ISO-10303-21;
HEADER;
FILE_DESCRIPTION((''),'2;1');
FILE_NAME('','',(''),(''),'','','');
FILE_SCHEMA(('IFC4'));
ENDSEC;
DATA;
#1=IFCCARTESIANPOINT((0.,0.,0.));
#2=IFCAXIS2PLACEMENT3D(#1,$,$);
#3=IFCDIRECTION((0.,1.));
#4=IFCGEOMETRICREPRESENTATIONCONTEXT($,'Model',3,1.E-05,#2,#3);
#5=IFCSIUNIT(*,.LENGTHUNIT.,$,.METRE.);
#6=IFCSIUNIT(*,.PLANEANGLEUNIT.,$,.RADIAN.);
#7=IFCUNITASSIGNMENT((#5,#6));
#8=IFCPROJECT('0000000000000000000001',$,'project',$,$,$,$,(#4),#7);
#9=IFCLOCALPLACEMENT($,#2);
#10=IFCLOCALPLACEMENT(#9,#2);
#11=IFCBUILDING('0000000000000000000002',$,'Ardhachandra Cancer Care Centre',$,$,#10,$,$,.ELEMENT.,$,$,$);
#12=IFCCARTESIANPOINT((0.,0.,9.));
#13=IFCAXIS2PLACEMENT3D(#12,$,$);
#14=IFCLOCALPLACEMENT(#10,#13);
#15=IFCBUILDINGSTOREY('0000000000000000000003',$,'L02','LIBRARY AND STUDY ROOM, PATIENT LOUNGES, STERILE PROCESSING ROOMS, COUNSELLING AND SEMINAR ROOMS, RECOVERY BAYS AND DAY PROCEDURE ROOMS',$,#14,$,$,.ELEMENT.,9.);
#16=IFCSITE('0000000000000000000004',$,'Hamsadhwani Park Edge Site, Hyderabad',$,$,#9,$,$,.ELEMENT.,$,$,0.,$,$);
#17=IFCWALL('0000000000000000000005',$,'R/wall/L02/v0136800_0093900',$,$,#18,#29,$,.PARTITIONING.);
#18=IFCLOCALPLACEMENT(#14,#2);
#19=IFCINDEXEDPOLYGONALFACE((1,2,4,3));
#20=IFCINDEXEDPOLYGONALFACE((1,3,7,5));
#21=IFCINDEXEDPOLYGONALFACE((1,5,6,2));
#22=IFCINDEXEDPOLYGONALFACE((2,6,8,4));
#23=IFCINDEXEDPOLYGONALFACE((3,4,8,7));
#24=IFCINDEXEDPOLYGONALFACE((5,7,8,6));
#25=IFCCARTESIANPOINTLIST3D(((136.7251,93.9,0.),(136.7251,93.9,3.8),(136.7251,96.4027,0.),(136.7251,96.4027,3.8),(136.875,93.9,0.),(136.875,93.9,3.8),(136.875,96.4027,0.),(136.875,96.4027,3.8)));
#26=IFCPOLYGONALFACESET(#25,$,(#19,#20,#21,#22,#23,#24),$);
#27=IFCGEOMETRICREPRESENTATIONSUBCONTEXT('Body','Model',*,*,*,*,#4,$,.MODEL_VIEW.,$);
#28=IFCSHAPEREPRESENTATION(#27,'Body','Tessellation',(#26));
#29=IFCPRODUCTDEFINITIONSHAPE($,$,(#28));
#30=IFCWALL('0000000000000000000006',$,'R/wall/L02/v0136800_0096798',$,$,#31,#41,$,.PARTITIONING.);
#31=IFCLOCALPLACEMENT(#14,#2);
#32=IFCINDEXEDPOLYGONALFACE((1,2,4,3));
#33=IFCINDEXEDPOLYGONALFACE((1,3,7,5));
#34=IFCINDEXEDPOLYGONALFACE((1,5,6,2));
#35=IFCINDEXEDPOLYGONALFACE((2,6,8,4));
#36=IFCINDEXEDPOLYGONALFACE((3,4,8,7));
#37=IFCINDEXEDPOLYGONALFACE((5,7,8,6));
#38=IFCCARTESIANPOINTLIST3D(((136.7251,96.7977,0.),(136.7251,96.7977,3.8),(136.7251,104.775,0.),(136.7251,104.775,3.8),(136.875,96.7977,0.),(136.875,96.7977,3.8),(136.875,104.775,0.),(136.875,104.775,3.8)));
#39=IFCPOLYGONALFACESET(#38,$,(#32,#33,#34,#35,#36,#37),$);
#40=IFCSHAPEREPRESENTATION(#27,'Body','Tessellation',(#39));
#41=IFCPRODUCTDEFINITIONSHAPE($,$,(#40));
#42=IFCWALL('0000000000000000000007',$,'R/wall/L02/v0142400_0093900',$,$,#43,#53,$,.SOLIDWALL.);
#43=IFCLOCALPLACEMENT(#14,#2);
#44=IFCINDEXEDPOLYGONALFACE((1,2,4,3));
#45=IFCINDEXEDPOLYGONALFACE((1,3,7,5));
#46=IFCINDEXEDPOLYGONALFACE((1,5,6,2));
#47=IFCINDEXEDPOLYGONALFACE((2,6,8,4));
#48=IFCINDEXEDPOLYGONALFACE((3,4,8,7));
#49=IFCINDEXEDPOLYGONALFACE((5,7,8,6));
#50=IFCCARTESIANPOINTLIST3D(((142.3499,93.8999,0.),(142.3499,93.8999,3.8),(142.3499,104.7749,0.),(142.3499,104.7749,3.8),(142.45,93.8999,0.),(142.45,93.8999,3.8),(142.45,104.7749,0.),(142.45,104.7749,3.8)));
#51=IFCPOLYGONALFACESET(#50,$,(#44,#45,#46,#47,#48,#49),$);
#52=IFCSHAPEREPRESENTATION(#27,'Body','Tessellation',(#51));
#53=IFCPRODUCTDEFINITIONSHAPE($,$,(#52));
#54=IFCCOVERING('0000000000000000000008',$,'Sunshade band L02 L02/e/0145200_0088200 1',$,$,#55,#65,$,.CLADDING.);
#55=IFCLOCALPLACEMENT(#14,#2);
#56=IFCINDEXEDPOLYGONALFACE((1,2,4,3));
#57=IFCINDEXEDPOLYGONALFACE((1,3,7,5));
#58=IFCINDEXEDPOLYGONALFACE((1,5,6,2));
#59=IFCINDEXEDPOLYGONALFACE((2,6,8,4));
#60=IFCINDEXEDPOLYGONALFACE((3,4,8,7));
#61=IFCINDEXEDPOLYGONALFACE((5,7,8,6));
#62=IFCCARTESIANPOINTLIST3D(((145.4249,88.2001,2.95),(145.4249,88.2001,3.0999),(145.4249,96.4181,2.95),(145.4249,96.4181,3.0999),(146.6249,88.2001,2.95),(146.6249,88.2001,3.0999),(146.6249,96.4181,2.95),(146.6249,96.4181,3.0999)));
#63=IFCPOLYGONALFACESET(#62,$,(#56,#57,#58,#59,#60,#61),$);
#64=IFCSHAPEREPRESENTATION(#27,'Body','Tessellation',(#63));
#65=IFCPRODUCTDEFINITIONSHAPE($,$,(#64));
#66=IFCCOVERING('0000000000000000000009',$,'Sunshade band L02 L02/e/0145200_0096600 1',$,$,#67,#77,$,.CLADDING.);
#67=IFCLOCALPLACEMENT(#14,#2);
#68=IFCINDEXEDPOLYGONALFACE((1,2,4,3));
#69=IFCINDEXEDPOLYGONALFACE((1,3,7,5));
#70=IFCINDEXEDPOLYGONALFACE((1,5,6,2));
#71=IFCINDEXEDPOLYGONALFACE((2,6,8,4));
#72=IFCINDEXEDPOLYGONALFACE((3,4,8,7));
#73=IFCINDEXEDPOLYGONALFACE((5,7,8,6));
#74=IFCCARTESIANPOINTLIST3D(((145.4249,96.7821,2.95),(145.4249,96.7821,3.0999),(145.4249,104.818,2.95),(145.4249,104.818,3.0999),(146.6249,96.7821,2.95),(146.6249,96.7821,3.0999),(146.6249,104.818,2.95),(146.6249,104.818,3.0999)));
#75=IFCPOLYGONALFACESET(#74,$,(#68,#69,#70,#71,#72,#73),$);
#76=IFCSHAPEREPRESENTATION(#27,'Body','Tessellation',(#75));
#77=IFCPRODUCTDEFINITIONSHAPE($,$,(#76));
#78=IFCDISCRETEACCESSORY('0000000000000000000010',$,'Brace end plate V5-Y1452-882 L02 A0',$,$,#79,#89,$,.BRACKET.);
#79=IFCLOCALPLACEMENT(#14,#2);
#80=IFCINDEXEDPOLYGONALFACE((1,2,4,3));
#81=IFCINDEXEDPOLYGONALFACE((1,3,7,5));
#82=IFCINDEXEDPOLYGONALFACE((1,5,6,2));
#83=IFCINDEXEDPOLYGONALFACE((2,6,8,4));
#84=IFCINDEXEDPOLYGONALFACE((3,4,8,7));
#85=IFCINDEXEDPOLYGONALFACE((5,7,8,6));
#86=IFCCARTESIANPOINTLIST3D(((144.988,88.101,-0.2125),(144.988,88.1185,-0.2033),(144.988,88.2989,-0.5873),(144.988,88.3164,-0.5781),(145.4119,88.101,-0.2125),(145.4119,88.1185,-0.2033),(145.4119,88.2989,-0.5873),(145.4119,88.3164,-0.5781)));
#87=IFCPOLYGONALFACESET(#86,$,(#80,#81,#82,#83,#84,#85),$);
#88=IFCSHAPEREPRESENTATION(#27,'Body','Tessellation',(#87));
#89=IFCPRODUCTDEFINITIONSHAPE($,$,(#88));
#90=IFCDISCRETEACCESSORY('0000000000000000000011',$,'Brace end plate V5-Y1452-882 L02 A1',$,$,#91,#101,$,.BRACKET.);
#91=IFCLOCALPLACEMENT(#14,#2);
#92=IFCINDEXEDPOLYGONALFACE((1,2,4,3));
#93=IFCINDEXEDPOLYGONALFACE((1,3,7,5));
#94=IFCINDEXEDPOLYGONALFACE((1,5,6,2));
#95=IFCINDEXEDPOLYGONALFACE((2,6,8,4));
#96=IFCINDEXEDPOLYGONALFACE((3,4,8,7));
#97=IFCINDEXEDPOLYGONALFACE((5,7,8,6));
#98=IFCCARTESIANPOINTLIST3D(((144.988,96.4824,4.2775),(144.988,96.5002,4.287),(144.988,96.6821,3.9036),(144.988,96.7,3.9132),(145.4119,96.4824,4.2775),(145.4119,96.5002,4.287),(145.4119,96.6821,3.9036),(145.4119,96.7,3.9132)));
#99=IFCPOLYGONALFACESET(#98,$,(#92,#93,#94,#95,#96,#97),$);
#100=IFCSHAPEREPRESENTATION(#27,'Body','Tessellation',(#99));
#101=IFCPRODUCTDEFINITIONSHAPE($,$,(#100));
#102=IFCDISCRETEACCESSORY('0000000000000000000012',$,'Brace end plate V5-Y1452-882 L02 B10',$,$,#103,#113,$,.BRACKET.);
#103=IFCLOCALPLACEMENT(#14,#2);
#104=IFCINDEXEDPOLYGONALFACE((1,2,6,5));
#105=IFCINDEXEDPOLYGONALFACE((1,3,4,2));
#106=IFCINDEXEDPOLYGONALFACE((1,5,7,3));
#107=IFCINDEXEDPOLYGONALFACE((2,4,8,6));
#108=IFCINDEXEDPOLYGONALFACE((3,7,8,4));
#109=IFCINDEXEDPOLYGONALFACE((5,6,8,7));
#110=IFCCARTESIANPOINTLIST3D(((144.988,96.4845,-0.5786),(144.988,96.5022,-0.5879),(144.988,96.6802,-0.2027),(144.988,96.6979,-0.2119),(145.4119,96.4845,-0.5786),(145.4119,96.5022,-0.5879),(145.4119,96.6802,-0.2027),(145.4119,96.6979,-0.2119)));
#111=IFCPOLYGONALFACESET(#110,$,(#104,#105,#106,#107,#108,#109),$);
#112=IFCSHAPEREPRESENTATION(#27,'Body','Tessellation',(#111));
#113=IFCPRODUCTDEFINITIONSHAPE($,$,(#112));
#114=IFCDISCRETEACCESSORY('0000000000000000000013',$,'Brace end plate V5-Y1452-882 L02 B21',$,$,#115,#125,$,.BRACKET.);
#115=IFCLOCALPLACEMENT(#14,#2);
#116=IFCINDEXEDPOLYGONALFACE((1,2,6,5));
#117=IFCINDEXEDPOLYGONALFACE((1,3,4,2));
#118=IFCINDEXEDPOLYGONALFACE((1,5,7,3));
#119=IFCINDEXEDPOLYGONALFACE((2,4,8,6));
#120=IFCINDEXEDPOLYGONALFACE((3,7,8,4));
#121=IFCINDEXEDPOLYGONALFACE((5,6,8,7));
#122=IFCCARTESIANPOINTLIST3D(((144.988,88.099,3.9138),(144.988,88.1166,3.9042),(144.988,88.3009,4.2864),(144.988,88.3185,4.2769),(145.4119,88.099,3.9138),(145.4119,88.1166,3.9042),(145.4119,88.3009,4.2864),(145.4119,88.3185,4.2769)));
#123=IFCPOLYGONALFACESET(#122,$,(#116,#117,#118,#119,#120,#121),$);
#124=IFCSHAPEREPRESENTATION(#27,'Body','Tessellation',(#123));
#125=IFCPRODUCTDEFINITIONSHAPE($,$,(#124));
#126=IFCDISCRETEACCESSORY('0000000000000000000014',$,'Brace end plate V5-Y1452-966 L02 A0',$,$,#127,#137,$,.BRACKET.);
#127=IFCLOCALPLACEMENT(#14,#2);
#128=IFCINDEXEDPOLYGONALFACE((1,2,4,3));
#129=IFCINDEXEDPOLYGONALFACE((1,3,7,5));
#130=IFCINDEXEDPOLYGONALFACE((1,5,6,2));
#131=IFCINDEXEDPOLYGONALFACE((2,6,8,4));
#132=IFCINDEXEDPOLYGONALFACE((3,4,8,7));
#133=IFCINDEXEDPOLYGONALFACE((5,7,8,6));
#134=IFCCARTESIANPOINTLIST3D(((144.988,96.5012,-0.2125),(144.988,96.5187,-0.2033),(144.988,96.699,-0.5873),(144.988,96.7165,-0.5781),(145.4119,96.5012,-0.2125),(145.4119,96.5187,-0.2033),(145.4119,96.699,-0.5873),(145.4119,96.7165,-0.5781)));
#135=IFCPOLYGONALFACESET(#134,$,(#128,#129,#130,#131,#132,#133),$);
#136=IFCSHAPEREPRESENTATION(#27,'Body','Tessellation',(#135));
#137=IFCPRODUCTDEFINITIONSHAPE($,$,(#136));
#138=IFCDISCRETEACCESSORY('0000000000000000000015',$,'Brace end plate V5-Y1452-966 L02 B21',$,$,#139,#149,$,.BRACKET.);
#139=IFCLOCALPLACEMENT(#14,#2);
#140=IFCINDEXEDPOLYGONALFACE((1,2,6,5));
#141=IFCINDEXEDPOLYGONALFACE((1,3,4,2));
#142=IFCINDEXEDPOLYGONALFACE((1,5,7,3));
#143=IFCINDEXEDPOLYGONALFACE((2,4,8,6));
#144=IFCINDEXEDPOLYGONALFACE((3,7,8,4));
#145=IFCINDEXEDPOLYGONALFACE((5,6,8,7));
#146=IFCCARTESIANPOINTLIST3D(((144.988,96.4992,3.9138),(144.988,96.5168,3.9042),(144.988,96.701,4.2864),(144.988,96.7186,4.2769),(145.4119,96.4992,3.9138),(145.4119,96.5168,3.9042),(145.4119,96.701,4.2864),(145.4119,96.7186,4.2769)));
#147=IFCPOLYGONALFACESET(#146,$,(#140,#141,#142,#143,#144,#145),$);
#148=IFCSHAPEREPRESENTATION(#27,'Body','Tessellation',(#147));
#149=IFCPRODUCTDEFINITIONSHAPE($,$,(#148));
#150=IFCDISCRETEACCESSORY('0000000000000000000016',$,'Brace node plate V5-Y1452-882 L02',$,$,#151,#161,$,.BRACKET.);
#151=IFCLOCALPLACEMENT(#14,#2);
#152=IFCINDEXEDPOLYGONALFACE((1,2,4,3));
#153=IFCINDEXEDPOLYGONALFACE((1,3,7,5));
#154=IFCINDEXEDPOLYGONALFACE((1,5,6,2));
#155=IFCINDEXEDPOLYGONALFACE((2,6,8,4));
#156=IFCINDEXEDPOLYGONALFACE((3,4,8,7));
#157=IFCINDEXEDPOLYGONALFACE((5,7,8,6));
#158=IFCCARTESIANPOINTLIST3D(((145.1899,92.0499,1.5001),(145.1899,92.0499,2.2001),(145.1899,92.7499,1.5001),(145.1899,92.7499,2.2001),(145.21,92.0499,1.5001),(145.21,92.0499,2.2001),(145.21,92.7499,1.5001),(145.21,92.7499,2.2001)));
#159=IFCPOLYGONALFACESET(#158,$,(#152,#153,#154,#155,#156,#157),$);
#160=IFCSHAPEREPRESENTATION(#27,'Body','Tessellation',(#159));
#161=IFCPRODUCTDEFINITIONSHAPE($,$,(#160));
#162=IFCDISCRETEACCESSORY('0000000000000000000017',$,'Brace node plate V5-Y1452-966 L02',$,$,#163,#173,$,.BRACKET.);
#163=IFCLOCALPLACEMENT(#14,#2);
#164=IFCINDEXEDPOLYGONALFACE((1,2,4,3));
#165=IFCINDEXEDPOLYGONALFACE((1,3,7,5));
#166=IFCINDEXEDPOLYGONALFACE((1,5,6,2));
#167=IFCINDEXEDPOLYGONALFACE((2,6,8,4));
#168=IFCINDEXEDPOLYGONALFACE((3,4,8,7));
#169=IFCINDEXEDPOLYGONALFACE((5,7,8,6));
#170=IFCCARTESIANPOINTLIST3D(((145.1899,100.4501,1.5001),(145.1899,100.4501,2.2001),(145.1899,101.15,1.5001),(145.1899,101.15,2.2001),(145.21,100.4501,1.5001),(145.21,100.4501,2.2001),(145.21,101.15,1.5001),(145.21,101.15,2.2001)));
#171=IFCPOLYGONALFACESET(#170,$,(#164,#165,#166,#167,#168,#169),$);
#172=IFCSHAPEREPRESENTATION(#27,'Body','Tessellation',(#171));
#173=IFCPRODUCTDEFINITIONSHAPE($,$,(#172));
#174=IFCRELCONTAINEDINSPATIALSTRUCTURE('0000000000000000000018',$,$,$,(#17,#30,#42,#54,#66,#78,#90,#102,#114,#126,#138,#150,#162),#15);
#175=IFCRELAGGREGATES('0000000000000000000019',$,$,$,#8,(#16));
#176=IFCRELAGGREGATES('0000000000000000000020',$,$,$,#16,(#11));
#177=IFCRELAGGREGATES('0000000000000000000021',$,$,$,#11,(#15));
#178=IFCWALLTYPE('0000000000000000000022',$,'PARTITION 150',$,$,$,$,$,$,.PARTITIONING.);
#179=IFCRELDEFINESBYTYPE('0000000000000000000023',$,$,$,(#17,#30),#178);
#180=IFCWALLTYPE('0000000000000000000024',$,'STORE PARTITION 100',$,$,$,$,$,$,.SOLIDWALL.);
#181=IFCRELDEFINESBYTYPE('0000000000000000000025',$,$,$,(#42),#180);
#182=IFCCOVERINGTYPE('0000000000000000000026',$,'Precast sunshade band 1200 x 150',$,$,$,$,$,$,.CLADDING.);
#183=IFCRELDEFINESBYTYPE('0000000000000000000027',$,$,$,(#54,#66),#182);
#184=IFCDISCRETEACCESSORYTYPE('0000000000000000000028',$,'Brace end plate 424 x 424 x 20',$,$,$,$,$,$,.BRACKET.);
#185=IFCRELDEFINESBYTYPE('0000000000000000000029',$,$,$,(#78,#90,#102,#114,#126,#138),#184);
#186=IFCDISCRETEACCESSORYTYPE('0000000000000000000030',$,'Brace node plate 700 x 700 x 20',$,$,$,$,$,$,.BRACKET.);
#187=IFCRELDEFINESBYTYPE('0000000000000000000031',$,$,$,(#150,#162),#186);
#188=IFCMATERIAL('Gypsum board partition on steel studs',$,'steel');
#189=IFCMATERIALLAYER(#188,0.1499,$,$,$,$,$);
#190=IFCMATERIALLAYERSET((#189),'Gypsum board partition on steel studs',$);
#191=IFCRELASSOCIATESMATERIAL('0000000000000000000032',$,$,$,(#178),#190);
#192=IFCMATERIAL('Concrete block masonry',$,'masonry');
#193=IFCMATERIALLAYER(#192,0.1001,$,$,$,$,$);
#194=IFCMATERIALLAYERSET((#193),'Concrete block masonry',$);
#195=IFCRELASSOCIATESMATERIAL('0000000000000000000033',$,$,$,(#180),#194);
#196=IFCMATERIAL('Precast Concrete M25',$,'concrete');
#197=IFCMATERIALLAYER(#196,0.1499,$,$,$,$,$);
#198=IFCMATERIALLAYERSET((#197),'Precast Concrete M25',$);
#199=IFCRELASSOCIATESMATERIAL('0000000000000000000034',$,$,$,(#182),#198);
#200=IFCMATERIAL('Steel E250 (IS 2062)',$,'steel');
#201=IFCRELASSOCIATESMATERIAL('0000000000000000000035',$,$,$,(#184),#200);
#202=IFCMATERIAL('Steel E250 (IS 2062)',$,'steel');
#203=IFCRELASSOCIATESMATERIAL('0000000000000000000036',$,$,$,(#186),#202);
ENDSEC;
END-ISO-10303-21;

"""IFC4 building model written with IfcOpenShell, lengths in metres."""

from ifc_helpers import new_model, si_unit, direction, frame, frame_2d, origin, origin_2d, place, context, subcontext, project, spatial, rectangle, extrude, material, layer, layer_set, material_profile, profile_set, type_object, element, save


model = new_model("IFC4")

# Units and contexts
model_context = context("Model", 3, precision=1e-05, world=origin(), true_north=direction((0.0, 1.0)))
body_context = subcontext(model_context, "Body", "Model", "MODEL_VIEW")
ifc_project = project(units=[si_unit("LENGTHUNIT", "METRE"), si_unit("PLANEANGLEUNIT", "RADIAN")], contexts=[model_context])

# Site, building, storey
site_placement = place(None, origin())
site = spatial("IfcSite", under=ifc_project, at=site_placement, Name="Hamsadhwani Park Edge Site, Hyderabad", CompositionType="ELEMENT", RefElevation=0.0)
building_placement = place(site_placement, origin())
building = spatial("IfcBuilding", under=site, at=building_placement, Name="Ardhachandra Cancer Care Centre", CompositionType="ELEMENT")
storey_placement = place(building_placement, frame((0.0, 0.0, 9.0)))
storey = spatial("IfcBuildingStorey", under=building, at=storey_placement, Name="L02", Description="LIBRARY AND STUDY ROOM, PATIENT LOUNGES, STERILE PROCESSING ROOMS, COUNSELLING AND SEMINAR ROOMS, RECOVERY BAYS AND DAY PROCEDURE ROOMS", CompositionType="ELEMENT", Elevation=9.0)

# Walls
ifc_material_1 = material(Name="Gypsum board partition on steel studs", Category="steel")
ifc_layer_1 = layer(ifc_material_1, 0.1499)
ifc_layer_set_1 = layer_set([ifc_layer_1], Name="Gypsum board partition on steel studs")
wall_type_1 = type_object("IfcWallType", Name="PARTITION 150", PredefinedType="PARTITIONING", material=ifc_layer_set_1)
wall_1_placement = place(storey_placement, frame((136.8, 93.8999, 0.0), z_axis=(0.0, 0.0, 1.0), x_axis=(0.0, 1.0, 0.0)))
element("IfcWall", 1, at=wall_1_placement, inside=storey, type_object=wall_type_1, Name="R/wall/L02/v0136800_0093900", PredefinedType="PARTITIONING", context=body_context, shape_type="SweptSolid", body=[
    extrude(rectangle(XDim=2.5027, YDim=0.1499, at=frame_2d((1.2515, 0.0))), origin(), (0.0, 0.0, 1.0), 3.8),
])
wall_2_placement = place(storey_placement, frame((136.8, 96.7976, 0.0), z_axis=(0.0, 0.0, 1.0), x_axis=(0.0, 1.0, 0.0)))
element("IfcWall", 2, at=wall_2_placement, inside=storey, type_object=wall_type_1, Name="R/wall/L02/v0136800_0096798", PredefinedType="PARTITIONING", context=body_context, shape_type="SweptSolid", body=[
    extrude(rectangle(XDim=7.9773, YDim=0.1499, at=frame_2d((3.9888, 0.0))), origin(), (0.0, 0.0, 1.0), 3.8),
])
ifc_material_2 = material(Name="Concrete block masonry", Category="masonry")
ifc_layer_2 = layer(ifc_material_2, 0.1001)
ifc_layer_set_2 = layer_set([ifc_layer_2], Name="Concrete block masonry")
wall_type_2 = type_object("IfcWallType", Name="STORE PARTITION 100", PredefinedType="SOLIDWALL", material=ifc_layer_set_2)
wall_3_placement = place(storey_placement, frame((142.3999, 93.8999, 0.0), z_axis=(0.0, 0.0, 1.0), x_axis=(0.0, 1.0, 0.0)))
element("IfcWall", 3, at=wall_3_placement, inside=storey, type_object=wall_type_2, Name="R/wall/L02/v0142400_0093900", PredefinedType="SOLIDWALL", context=body_context, shape_type="SweptSolid", body=[
    extrude(rectangle(XDim=10.875, YDim=0.1001, at=frame_2d((5.4375, 0.0))), origin(), (0.0, 0.0, 1.0), 3.8),
])

# Coverings
ifc_material_3 = material(Name="Precast Concrete M25", Category="concrete")
ifc_layer_3 = layer(ifc_material_3, 0.1499)
ifc_layer_set_3 = layer_set([ifc_layer_3], Name="Precast Concrete M25")
covering_type = type_object("IfcCoveringType", Name="Precast sunshade band 1200 x 150", PredefinedType="CLADDING", material=ifc_layer_set_3)
covering_1_placement = place(storey_placement, frame((146.0249, 92.3091, 2.95), z_axis=(0.0, 0.0, 1.0), x_axis=(0.0, 1.0, 0.0)))
element("IfcCovering", 4, at=covering_1_placement, inside=storey, type_object=covering_type, Name="Sunshade band L02 L02/e/0145200_0088200 1", PredefinedType="CLADDING", context=body_context, shape_type="SweptSolid", body=[
    extrude(rectangle(XDim=8.218, YDim=1.2, at=origin_2d()), origin(), (0.0, 0.0, 1.0), 0.1499),
])
covering_2_placement = place(storey_placement, frame((146.0249, 100.8, 2.95), z_axis=(0.0, 0.0, 1.0), x_axis=(0.0, 1.0, 0.0)))
element("IfcCovering", 5, at=covering_2_placement, inside=storey, type_object=covering_type, Name="Sunshade band L02 L02/e/0145200_0096600 1", PredefinedType="CLADDING", context=body_context, shape_type="SweptSolid", body=[
    extrude(rectangle(XDim=8.0359, YDim=1.2, at=origin_2d()), origin(), (0.0, 0.0, 1.0), 0.1499),
])

# Discrete accessories
ifc_material_4 = material(Name="Steel E250 (IS 2062)", Category="steel")
ifc_material_profile_1 = material_profile(ifc_material_4, rectangle(XDim=0.4238, YDim=0.4238, at=origin_2d()), Name="PL 424x424x20")
ifc_profile_set_1 = profile_set([ifc_material_profile_1], Name="Steel E250 (IS 2062)")
discrete_accessory_type_1 = type_object("IfcDiscreteAccessoryType", Name="Brace end plate 424 x 424 x 20", PredefinedType="BRACKET", material=ifc_profile_set_1)
discrete_accessory_1_placement = place(storey_placement, frame((145.2, 88.2, -0.3999), z_axis=(0.0, 0.884385, 0.466759), x_axis=(-1.0, 0.0, 0.0)))
element("IfcDiscreteAccessory", 6, at=discrete_accessory_1_placement, inside=storey, type_object=discrete_accessory_type_1, Name="Brace end plate V5-Y1452-882 L02 A0", PredefinedType="BRACKET", context=body_context, shape_type="SweptSolid", body=[
    extrude(rectangle(XDim=0.4238, YDim=0.4238, at=origin_2d()), origin(), (0.0, 0.0, 1.0), 0.0198),
])
discrete_accessory_2_placement = place(storey_placement, frame((145.2, 96.6001, 4.1001), z_axis=(0.0, -0.882018, -0.471215), x_axis=(1.0, 0.0, 0.0)))
element("IfcDiscreteAccessory", 7, at=discrete_accessory_2_placement, inside=storey, type_object=discrete_accessory_type_1, Name="Brace end plate V5-Y1452-882 L02 A1", PredefinedType="BRACKET", context=body_context, shape_type="SweptSolid", body=[
    extrude(rectangle(XDim=0.4238, YDim=0.4238, at=origin_2d()), origin(), (0.0, 0.0, 1.0), 0.0203),
])
for number, where, z_axis, x_axis, name in (
    (8, (145.2, 96.6001, -0.3999), (0.0, -0.887018, 0.461735), (1.0, 0.0, 0.0), "Brace end plate V5-Y1452-882 L02 B10"),
    (9, (145.2, 88.2, 4.1001), (0.0, 0.879292, -0.476283), (-1.0, 0.0, 0.0), "Brace end plate V5-Y1452-882 L02 B21"),
):
    element("IfcDiscreteAccessory", number, at=place(storey_placement, frame(where, z_axis=z_axis, x_axis=x_axis)), inside=storey, type_object=discrete_accessory_type_1, Name=name, PredefinedType="BRACKET", context=body_context, shape_type="SweptSolid", body=[
        extrude(rectangle(XDim=0.4238, YDim=0.4238, at=origin_2d()), origin(), (0.0, 0.0, 1.0), 0.02),
    ])
discrete_accessory_3_placement = place(storey_placement, frame((145.2, 96.6001, -0.3999), z_axis=(0.0, 0.884385, 0.466759), x_axis=(-1.0, 0.0, 0.0)))
element("IfcDiscreteAccessory", 10, at=discrete_accessory_3_placement, inside=storey, type_object=discrete_accessory_type_1, Name="Brace end plate V5-Y1452-966 L02 A0", PredefinedType="BRACKET", context=body_context, shape_type="SweptSolid", body=[
    extrude(rectangle(XDim=0.4238, YDim=0.4238, at=origin_2d()), origin(), (0.0, 0.0, 1.0), 0.0198),
])
discrete_accessory_4_placement = place(storey_placement, frame((145.2, 96.6001, 4.1001), z_axis=(0.0, 0.879292, -0.476283), x_axis=(-1.0, 0.0, 0.0)))
element("IfcDiscreteAccessory", 11, at=discrete_accessory_4_placement, inside=storey, type_object=discrete_accessory_type_1, Name="Brace end plate V5-Y1452-966 L02 B21", PredefinedType="BRACKET", context=body_context, shape_type="SweptSolid", body=[
    extrude(rectangle(XDim=0.4238, YDim=0.4238, at=origin_2d()), origin(), (0.0, 0.0, 1.0), 0.02),
])
ifc_material_5 = material(Name="Steel E250 (IS 2062)", Category="steel")
ifc_material_profile_2 = material_profile(ifc_material_5, rectangle(XDim=0.7, YDim=0.7, at=origin_2d()), Name="PL 700x700x20")
ifc_profile_set_2 = profile_set([ifc_material_profile_2], Name="Steel E250 (IS 2062)")
discrete_accessory_type_2 = type_object("IfcDiscreteAccessoryType", Name="Brace node plate 700 x 700 x 20", PredefinedType="BRACKET", material=ifc_profile_set_2)
for number, where, z_axis, x_axis, name in (
    (12, (145.1899, 92.3999, 1.8501), (1.0, 0.0, 0.0), (0.0, 1.0, 0.0), "Brace node plate V5-Y1452-882 L02"),
    (13, (145.1899, 100.8, 1.8501), (1.0, 0.0, 0.0), (0.0, 1.0, 0.0), "Brace node plate V5-Y1452-966 L02"),
):
    element("IfcDiscreteAccessory", number, at=place(storey_placement, frame(where, z_axis=z_axis, x_axis=x_axis)), inside=storey, type_object=discrete_accessory_type_2, Name=name, PredefinedType="BRACKET", context=body_context, shape_type="SweptSolid", body=[
        extrude(rectangle(XDim=0.7, YDim=0.7, at=origin_2d()), origin(), (0.0, 0.0, 1.0), 0.02),
    ])

save(model, "model.ifc")
